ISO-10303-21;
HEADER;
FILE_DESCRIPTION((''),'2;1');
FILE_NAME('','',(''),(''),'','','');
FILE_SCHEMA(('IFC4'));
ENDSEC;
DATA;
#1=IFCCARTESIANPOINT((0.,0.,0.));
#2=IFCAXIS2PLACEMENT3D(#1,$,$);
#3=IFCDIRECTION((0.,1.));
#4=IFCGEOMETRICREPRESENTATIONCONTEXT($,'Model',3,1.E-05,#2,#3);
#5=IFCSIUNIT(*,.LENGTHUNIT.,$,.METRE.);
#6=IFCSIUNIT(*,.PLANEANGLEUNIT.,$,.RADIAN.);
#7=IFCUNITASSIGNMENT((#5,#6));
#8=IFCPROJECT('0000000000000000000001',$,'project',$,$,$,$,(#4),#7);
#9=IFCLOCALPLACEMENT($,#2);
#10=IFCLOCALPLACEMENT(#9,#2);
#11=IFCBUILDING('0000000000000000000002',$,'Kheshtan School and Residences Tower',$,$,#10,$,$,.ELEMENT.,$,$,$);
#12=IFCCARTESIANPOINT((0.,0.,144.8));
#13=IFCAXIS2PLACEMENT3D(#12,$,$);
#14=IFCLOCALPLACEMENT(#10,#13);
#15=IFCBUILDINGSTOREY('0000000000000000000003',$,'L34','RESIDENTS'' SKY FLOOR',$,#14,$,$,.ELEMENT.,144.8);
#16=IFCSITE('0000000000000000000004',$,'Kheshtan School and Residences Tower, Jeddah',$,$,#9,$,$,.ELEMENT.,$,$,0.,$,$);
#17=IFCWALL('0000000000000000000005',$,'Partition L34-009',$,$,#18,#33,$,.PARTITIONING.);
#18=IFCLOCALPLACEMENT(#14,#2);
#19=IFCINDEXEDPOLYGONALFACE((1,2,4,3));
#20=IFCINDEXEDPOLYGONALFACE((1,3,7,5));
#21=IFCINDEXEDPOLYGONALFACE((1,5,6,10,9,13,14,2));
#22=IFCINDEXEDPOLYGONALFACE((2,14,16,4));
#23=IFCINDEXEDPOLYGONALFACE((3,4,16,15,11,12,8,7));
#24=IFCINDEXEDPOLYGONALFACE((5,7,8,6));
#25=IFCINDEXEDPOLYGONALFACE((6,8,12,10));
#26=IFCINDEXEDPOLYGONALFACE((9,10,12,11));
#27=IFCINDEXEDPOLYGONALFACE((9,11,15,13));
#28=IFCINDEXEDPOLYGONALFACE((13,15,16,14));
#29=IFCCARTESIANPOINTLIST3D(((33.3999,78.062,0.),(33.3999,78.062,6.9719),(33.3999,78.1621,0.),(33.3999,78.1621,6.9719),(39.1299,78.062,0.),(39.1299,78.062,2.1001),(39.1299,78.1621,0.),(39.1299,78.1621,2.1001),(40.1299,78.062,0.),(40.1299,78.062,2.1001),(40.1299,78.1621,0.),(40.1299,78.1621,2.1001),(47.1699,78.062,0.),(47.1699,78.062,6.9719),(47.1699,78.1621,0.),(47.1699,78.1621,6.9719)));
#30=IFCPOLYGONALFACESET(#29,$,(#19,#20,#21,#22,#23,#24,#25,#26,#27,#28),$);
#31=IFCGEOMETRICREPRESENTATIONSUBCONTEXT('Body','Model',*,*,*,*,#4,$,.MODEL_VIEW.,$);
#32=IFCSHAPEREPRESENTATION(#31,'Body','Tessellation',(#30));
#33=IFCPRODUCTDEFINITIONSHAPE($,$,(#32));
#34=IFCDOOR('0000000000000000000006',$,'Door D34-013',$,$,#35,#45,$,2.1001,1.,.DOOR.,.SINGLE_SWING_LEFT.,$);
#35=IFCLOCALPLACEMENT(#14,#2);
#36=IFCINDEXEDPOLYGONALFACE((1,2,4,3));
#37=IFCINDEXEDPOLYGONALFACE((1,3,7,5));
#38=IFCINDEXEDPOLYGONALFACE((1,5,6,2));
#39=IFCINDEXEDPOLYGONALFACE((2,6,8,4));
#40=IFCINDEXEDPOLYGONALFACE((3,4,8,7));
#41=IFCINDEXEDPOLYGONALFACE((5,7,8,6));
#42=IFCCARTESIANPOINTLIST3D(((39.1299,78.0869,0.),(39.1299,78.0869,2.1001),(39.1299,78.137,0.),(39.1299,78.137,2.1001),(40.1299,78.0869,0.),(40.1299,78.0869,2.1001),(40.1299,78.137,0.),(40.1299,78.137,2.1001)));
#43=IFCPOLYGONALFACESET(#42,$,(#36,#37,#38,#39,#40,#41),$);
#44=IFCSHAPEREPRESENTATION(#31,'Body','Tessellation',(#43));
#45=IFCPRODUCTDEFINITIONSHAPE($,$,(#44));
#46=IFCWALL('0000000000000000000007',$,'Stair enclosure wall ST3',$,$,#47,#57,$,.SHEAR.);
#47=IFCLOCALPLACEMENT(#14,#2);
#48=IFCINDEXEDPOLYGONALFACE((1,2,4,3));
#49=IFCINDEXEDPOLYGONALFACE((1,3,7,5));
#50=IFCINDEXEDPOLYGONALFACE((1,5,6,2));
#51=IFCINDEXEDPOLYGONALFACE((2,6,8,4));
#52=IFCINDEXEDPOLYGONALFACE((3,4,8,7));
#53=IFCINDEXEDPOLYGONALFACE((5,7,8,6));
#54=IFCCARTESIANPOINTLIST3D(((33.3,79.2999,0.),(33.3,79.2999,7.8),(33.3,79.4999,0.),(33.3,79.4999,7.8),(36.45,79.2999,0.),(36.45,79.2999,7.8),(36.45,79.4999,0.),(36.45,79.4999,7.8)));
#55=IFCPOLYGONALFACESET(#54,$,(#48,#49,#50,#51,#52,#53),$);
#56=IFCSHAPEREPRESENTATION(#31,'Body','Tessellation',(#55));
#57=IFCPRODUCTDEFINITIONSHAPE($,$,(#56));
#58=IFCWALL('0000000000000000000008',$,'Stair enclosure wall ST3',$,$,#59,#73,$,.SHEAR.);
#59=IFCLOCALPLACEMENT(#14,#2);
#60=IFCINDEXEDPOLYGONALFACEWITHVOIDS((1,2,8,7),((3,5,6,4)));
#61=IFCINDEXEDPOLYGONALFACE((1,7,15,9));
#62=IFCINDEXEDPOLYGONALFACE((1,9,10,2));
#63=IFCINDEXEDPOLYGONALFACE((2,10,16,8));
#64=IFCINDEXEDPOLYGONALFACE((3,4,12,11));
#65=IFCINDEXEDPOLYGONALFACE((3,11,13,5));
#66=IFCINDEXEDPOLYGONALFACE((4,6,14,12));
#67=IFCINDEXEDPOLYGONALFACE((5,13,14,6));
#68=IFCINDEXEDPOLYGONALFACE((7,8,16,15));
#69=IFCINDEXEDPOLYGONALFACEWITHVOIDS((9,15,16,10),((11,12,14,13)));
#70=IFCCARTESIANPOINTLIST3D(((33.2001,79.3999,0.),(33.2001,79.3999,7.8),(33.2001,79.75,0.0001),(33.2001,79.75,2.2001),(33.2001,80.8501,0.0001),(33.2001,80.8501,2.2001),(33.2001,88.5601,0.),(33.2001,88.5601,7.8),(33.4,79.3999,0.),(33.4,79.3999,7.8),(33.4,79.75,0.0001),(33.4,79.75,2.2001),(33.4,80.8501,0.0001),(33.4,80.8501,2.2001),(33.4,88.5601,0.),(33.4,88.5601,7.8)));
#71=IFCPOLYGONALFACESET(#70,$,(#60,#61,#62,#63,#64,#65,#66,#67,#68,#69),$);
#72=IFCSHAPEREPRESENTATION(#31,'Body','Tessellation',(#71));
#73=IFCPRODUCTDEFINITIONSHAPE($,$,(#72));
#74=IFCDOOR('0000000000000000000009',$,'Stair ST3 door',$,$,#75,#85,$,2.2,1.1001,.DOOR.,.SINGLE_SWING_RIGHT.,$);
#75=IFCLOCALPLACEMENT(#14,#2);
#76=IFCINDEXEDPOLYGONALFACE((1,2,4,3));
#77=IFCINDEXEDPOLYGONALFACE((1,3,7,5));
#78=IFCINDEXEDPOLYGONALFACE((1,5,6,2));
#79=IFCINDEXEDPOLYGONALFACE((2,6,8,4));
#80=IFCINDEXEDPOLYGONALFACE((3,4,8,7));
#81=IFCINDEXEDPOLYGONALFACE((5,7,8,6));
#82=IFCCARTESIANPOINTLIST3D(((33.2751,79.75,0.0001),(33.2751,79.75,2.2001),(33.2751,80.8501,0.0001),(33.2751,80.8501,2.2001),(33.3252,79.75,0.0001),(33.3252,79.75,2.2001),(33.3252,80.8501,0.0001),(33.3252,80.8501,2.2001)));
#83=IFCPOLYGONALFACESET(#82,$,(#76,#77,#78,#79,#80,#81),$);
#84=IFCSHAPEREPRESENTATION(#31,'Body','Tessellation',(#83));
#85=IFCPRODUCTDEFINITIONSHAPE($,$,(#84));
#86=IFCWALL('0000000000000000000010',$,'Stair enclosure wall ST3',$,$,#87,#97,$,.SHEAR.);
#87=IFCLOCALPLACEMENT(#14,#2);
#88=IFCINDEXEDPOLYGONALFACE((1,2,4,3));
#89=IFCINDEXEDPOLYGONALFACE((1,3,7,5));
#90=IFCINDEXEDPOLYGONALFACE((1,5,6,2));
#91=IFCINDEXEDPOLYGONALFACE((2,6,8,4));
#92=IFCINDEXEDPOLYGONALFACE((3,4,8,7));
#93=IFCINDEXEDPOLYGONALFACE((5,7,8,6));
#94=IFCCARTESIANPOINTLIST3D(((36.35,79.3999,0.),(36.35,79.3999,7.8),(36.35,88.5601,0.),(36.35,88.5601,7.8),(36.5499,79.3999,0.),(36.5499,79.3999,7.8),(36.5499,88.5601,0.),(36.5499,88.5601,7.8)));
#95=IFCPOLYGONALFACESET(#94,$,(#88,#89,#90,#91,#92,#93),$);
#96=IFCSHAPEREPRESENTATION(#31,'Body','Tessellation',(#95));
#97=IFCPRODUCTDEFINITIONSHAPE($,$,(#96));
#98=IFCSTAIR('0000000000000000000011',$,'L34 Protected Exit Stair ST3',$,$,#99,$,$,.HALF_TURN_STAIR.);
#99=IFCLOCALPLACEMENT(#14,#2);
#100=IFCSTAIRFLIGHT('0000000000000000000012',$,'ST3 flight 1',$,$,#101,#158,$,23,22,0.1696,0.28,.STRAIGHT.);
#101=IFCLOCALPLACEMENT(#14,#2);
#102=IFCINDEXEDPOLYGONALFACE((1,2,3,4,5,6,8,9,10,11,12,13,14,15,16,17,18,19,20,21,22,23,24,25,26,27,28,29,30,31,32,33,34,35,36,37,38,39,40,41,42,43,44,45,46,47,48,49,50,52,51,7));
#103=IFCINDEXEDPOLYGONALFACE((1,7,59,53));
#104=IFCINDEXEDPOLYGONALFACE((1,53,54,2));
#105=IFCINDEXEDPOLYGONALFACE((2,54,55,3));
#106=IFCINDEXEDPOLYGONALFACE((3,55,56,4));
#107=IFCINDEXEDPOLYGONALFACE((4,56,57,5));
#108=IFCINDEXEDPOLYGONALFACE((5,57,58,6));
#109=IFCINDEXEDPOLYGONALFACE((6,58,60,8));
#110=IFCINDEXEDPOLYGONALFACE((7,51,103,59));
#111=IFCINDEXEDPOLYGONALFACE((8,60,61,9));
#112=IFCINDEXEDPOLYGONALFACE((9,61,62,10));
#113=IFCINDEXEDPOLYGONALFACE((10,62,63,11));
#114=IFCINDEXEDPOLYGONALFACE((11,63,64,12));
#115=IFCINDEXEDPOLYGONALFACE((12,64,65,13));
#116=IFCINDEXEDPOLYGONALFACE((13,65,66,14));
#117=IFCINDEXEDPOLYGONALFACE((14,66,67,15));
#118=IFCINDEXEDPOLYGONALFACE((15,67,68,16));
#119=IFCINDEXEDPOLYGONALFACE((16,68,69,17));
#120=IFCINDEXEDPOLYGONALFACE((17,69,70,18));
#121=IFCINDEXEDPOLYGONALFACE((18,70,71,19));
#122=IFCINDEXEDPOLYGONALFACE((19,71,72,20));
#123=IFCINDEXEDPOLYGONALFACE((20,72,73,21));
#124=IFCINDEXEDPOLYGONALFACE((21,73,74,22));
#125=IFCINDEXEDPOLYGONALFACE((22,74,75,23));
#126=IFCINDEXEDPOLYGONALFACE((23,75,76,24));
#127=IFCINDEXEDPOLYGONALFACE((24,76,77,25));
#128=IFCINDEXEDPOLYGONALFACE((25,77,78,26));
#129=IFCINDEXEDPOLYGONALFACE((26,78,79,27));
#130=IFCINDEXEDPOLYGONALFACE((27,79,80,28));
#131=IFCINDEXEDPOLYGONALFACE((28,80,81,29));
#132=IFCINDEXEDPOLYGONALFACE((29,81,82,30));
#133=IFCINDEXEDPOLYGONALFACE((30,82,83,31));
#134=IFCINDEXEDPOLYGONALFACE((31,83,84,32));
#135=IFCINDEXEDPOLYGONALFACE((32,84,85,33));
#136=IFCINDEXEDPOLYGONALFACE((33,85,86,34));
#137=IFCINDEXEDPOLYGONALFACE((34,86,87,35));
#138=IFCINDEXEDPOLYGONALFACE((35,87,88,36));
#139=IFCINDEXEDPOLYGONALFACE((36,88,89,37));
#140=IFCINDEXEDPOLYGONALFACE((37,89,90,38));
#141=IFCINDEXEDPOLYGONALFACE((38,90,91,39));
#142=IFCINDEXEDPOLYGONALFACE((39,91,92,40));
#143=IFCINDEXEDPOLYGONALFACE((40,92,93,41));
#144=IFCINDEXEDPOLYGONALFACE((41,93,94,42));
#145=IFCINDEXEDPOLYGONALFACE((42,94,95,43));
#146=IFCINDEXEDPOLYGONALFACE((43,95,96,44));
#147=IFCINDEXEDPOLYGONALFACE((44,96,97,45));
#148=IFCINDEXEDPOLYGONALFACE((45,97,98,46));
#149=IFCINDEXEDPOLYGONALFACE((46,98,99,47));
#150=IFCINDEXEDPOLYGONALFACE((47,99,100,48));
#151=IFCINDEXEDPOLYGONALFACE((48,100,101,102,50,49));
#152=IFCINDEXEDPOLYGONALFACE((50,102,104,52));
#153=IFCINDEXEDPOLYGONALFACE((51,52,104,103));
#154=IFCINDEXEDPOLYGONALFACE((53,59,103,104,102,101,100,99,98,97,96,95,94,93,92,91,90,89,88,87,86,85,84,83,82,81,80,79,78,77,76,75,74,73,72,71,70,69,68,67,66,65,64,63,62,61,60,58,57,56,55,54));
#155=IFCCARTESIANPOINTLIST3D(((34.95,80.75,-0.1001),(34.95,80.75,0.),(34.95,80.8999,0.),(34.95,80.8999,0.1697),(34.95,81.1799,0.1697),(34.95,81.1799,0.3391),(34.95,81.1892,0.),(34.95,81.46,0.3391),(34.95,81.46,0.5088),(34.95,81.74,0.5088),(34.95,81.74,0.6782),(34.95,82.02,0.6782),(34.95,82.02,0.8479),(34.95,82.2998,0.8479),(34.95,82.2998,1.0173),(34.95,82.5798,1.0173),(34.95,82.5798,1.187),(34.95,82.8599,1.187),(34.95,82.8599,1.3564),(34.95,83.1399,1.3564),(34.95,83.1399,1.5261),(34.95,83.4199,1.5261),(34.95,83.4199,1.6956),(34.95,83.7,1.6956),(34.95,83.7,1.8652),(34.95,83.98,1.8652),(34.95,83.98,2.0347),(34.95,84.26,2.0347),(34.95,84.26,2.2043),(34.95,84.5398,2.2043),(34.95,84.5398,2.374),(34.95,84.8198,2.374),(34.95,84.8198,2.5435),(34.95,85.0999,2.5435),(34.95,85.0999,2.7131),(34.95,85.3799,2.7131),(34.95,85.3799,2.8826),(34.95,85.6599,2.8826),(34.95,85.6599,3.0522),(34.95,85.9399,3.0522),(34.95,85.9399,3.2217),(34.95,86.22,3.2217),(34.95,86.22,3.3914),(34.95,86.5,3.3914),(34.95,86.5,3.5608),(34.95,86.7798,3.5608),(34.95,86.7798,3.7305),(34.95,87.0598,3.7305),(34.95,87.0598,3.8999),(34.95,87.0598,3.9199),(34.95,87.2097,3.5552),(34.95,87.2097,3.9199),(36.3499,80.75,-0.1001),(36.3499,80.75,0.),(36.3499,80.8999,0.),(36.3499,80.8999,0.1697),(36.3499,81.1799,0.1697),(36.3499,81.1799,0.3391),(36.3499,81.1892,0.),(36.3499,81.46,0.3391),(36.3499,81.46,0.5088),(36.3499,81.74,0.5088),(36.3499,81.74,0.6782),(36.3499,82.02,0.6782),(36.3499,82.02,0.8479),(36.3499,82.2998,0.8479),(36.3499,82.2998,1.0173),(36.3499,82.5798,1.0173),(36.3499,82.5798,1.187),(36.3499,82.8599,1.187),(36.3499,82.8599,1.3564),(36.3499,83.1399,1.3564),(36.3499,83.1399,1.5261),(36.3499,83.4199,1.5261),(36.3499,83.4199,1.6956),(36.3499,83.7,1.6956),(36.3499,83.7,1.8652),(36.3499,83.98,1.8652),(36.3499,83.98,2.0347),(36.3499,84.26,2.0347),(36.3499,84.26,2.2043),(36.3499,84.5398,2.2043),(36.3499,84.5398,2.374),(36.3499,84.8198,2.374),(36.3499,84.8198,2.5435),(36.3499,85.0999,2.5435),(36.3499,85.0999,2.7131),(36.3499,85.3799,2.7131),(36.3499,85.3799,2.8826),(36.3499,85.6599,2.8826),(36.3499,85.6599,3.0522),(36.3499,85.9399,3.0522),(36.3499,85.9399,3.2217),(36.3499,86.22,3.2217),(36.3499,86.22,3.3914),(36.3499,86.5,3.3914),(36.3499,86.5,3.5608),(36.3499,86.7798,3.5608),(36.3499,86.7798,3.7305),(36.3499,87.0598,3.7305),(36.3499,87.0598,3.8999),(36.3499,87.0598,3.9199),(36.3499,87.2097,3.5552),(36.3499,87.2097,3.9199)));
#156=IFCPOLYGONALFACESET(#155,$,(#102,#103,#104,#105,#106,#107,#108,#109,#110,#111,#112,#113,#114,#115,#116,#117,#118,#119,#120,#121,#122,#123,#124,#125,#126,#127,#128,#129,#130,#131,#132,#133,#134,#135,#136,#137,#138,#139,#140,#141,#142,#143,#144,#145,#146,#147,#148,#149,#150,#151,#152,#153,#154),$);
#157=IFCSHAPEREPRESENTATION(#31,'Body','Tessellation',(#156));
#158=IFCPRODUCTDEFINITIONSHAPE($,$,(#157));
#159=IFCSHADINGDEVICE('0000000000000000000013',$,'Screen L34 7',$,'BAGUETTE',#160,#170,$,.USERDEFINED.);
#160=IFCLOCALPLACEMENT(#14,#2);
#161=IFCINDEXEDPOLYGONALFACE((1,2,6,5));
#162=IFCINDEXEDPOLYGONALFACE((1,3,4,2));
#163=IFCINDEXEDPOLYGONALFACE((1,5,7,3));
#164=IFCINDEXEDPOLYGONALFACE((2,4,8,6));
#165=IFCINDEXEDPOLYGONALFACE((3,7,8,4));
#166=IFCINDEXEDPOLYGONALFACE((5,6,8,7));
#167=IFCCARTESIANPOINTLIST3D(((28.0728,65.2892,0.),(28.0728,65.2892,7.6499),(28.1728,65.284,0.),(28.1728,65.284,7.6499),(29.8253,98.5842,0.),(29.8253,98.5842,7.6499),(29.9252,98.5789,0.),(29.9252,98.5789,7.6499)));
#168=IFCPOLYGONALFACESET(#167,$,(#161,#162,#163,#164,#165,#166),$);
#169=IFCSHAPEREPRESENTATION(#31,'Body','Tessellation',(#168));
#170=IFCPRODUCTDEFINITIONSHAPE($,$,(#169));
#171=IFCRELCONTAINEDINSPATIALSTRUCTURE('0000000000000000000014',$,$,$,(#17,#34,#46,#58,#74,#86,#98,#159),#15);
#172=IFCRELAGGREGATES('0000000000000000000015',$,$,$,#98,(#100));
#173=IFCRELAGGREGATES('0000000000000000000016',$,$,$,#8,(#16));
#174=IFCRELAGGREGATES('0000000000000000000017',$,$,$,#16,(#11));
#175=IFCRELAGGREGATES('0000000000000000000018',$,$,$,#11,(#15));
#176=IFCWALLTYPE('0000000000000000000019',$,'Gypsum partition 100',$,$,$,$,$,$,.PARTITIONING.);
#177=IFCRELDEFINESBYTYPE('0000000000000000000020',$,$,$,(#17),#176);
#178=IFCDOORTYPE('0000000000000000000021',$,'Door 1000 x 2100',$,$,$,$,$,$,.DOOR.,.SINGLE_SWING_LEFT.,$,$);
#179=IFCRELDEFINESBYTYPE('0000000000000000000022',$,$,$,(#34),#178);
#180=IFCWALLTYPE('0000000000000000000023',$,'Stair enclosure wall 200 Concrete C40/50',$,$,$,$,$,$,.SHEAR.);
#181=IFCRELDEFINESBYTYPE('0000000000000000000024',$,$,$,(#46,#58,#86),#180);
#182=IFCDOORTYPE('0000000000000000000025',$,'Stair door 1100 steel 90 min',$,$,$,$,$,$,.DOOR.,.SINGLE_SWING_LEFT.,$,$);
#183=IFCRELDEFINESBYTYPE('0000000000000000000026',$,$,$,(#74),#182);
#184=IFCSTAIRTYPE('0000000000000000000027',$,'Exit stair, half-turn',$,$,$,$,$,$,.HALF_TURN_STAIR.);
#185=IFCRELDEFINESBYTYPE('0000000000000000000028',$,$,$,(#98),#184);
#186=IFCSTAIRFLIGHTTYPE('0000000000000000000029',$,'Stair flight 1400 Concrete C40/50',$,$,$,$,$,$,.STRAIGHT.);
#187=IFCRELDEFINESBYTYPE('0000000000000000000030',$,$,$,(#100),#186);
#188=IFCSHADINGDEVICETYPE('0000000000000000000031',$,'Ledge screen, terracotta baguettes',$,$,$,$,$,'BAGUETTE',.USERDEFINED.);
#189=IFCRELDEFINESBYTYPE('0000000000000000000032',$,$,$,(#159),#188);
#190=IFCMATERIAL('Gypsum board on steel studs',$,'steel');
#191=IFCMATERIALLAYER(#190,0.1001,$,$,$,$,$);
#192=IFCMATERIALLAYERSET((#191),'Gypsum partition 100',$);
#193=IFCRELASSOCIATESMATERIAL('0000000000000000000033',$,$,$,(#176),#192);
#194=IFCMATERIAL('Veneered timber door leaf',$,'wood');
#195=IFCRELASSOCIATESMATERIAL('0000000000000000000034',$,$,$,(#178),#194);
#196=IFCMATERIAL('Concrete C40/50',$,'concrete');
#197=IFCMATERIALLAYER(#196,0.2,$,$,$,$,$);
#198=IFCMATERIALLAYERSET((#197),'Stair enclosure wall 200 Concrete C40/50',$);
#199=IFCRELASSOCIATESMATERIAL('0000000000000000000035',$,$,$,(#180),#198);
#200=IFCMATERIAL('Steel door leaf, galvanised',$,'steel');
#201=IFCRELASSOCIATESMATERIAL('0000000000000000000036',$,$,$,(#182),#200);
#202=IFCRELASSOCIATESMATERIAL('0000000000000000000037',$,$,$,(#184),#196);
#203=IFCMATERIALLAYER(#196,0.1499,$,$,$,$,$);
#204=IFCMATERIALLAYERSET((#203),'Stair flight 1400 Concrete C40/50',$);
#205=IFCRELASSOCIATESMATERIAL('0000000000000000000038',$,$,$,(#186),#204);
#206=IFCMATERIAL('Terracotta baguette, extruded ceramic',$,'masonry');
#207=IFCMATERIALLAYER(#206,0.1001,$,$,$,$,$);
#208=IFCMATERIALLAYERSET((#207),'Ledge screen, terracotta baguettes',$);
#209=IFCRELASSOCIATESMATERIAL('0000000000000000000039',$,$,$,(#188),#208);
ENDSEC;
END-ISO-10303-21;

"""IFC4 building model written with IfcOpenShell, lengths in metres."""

from ifc_helpers import new_model, si_unit, direction, frame, frame_2d, origin, origin_2d, place, context, subcontext, project, spatial, polyline, rectangle, outline, extrude, source, transform, mapped, material, layer, layer_set, type_object, element, fill, aggregate, save


model = new_model("IFC4")

# Units and contexts
model_context = context("Model", 3, precision=1e-05, world=origin(), true_north=direction((0.0, 1.0)))
body_context = subcontext(model_context, "Body", "Model", "MODEL_VIEW")
ifc_project = project(units=[si_unit("LENGTHUNIT", "METRE"), si_unit("PLANEANGLEUNIT", "RADIAN")], contexts=[model_context])

# Site, building, storey
site_placement = place(None, origin())
site = spatial("IfcSite", under=ifc_project, at=site_placement, Name="Kheshtan School and Residences Tower, Jeddah", CompositionType="ELEMENT", RefElevation=0.0)
building_placement = place(site_placement, origin())
building = spatial("IfcBuilding", under=site, at=building_placement, Name="Kheshtan School and Residences Tower", CompositionType="ELEMENT")
storey_placement = place(building_placement, frame((0.0, 0.0, 144.8)))
storey = spatial("IfcBuildingStorey", under=building, at=storey_placement, Name="L34", Description="RESIDENTS' SKY FLOOR", CompositionType="ELEMENT", Elevation=144.8)

# Wall, opening, door
ifc_material_1 = material(Name="Gypsum board on steel studs", Category="steel")
ifc_layer_1 = layer(ifc_material_1, 0.1001)
ifc_layer_set_1 = layer_set([ifc_layer_1], Name="Gypsum partition 100")
wall_type_1 = type_object("IfcWallType", Name="Gypsum partition 100", PredefinedType="PARTITIONING", material=ifc_layer_set_1)
wall_1_placement = place(storey_placement, frame((33.3999, 78.1121, 0.0), z_axis=(0.0, 0.0, 1.0), x_axis=(1.0, 0.0, 0.0)))
wall_1 = element("IfcWall", 1, at=wall_1_placement, inside=storey, type_object=wall_type_1, Name="Partition L34-009", PredefinedType="PARTITIONING", context=body_context, shape_type="SweptSolid", body=[
    extrude(rectangle(XDim=13.77, YDim=0.1001, at=frame_2d((6.885, 0.0))), origin(), (0.0, 0.0, 1.0), 6.9719),
])
opening_1_placement = place(wall_1_placement, frame((5.73, 0.0, 0.0)))
opening_1 = element("IfcOpeningElement", 2, at=opening_1_placement, cuts=wall_1, PredefinedType="OPENING", context=body_context, shape_type="SweptSolid", body=[
    extrude(rectangle(XDim=1.0, YDim=2.1001, at=frame_2d((0.5, 1.05))), frame((0.0, 0.0601, 0.0), z_axis=(0.0, -1.0, 0.0), x_axis=(1.0, 0.0, 0.0)), (0.0, 0.0, 1.0), 0.1201),
])
ifc_material_2 = material(Name="Veneered timber door leaf", Category="wood")
door_type_1 = type_object("IfcDoorType", Name="Door 1000 x 2100", OperationType="SINGLE_SWING_LEFT", PredefinedType="DOOR", material=ifc_material_2)
shared_shape_1 = source(origin(), body_context, "Body", "SweptSolid", [
    extrude(rectangle(XDim=1.0, YDim=2.1001, at=frame_2d((0.5, 1.05))), frame((0.0, 0.0249, 0.0), z_axis=(0.0, -1.0, 0.0), x_axis=(1.0, 0.0, 0.0)), (0.0, 0.0, 1.0), 0.05),
])
door_1_placement = place(opening_1_placement, origin())
door_1 = element("IfcDoor", 3, at=door_1_placement, inside=storey, type_object=door_type_1, Name="Door D34-013", OperationType="SINGLE_SWING_LEFT", OverallHeight=2.1001, OverallWidth=1.0, PredefinedType="DOOR", context=body_context, shape_type="MappedRepresentation", body=[
    mapped(shared_shape_1, transform((0.0, 0.0, 0.0), x_axis=(1.0, 0.0, 0.0), y_axis=(0.0, 1.0, 0.0), z_axis=(0.0, 0.0, 1.0), scale=1.0)),
])
fill(opening_1, door_1)

# Wall
ifc_material_3 = material(Name="Concrete C40/50", Category="concrete")
ifc_layer_2 = layer(ifc_material_3, 0.2)
ifc_layer_set_2 = layer_set([ifc_layer_2], Name="Stair enclosure wall 200 Concrete C40/50")
wall_type_2 = type_object("IfcWallType", Name="Stair enclosure wall 200 Concrete C40/50", PredefinedType="SHEAR", material=ifc_layer_set_2)
wall_2_placement = place(storey_placement, frame((33.3, 79.3999, 0.0), z_axis=(0.0, 0.0, 1.0), x_axis=(1.0, 0.0, 0.0)))
element("IfcWall", 4, at=wall_2_placement, inside=storey, type_object=wall_type_2, Name="Stair enclosure wall ST3", PredefinedType="SHEAR", context=body_context, shape_type="SweptSolid", body=[
    extrude(rectangle(XDim=3.1499, YDim=0.2, at=frame_2d((1.575, 0.0))), origin(), (0.0, 0.0, 1.0), 7.8),
])

# Wall, opening, door
wall_3_placement = place(storey_placement, frame((33.3, 79.3999, 0.0), z_axis=(0.0, 0.0, 1.0), x_axis=(0.0, 1.0, 0.0)))
wall_3 = element("IfcWall", 5, at=wall_3_placement, inside=storey, type_object=wall_type_2, Name="Stair enclosure wall ST3", PredefinedType="SHEAR", context=body_context, shape_type="SweptSolid", body=[
    extrude(rectangle(XDim=9.1602, YDim=0.2, at=frame_2d((4.5801, 0.0))), origin(), (0.0, 0.0, 1.0), 7.8),
])
opening_2_placement = place(wall_3_placement, frame((0.3501, 0.0, 0.0)))
opening_2 = element("IfcOpeningElement", 6, at=opening_2_placement, cuts=wall_3, PredefinedType="OPENING", context=body_context, shape_type="SweptSolid", body=[
    extrude(rectangle(XDim=1.1001, YDim=2.2, at=frame_2d((0.55, 1.1001))), frame((0.0, 0.1099, 0.0), z_axis=(0.0, -1.0, 0.0), x_axis=(1.0, 0.0, 0.0)), (0.0, 0.0, 1.0), 0.22),
])
ifc_material_4 = material(Name="Steel door leaf, galvanised", Category="steel")
door_type_2 = type_object("IfcDoorType", Name="Stair door 1100 steel 90 min", OperationType="SINGLE_SWING_LEFT", PredefinedType="DOOR", material=ifc_material_4)
shared_shape_2 = source(origin(), body_context, "Body", "SweptSolid", [
    extrude(rectangle(XDim=1.1001, YDim=2.2, at=frame_2d((0.55, 1.1001))), frame((0.0, 0.0249, 0.0), z_axis=(0.0, -1.0, 0.0), x_axis=(1.0, 0.0, 0.0)), (0.0, 0.0, 1.0), 0.05),
])
door_2_placement = place(opening_2_placement, origin())
door_2 = element("IfcDoor", 7, at=door_2_placement, inside=storey, type_object=door_type_2, Name="Stair ST3 door", OperationType="SINGLE_SWING_RIGHT", OverallHeight=2.2, OverallWidth=1.1001, PredefinedType="DOOR", context=body_context, shape_type="MappedRepresentation", body=[
    mapped(shared_shape_2, transform((0.0, 0.0, 0.0), x_axis=(1.0, 0.0, 0.0), y_axis=(0.0, 1.0, 0.0), z_axis=(0.0, 0.0, 1.0), scale=1.0)),
])
fill(opening_2, door_2)

# Wall
wall_4_placement = place(storey_placement, frame((36.45, 79.3999, 0.0), z_axis=(0.0, 0.0, 1.0), x_axis=(0.0, 1.0, 0.0)))
element("IfcWall", 8, at=wall_4_placement, inside=storey, type_object=wall_type_2, Name="Stair enclosure wall ST3", PredefinedType="SHEAR", context=body_context, shape_type="SweptSolid", body=[
    extrude(rectangle(XDim=9.1602, YDim=0.2, at=frame_2d((4.5801, 0.0))), origin(), (0.0, 0.0, 1.0), 7.8),
])

# Stair, stair flight
stair_type = type_object("IfcStairType", Name="Exit stair, half-turn", PredefinedType="HALF_TURN_STAIR", material=ifc_material_3)
stair_placement = place(storey_placement, origin())
stair = element("IfcStair", 9, at=stair_placement, inside=storey, type_object=stair_type, Name="L34 Protected Exit Stair ST3", PredefinedType="HALF_TURN_STAIR")
ifc_layer_3 = layer(ifc_material_3, 0.1499)
ifc_layer_set_3 = layer_set([ifc_layer_3], Name="Stair flight 1400 Concrete C40/50")
stair_flight_type = type_object("IfcStairFlightType", Name="Stair flight 1400 Concrete C40/50", PredefinedType="STRAIGHT", material=ifc_layer_set_3)
stair_flight_placement = place(storey_placement, frame((35.6499, 80.8999, 0.0), z_axis=(0.0, 0.0, 1.0), x_axis=(0.0, 1.0, 0.0)))
stair_flight = element("IfcStairFlight", 10, at=stair_flight_placement, type_object=stair_flight_type, Name="ST3 flight 1", NumberOfRisers=23, NumberOfTreads=22, PredefinedType="STRAIGHT", RiserHeight=0.1696, TreadLength=0.28, context=body_context, shape_type="SweptSolid", body=[
    extrude(outline(polyline([(-0.1499, -0.1001), (-0.1499, 0.0), (0.0, 0.0), (0.0, 0.1697), (0.28, 0.1697), (0.28, 0.3391), (0.5601, 0.3391), (0.5601, 0.5088), (0.8401, 0.5088), (0.8401, 0.6782), (1.1201, 0.6782), (1.1201, 0.8479), (1.3999, 0.8479), (1.3999, 1.0173), (1.6799, 1.0173), (1.6799, 1.187), (1.96, 1.187), (1.96, 1.3564), (2.24, 1.3564), (2.24, 1.5261), (2.52, 1.5261), (2.52, 1.6956), (2.8, 1.6956), (2.8, 1.8652), (3.0801, 1.8652), (3.0801, 2.0347), (3.3601, 2.0347), (3.3601, 2.2043), (3.6399, 2.2043), (3.6399, 2.374), (3.9199, 2.374), (3.9199, 2.5435), (4.2, 2.5435), (4.2, 2.7131), (4.48, 2.7131), (4.48, 2.8826), (4.76, 2.8826), (4.76, 3.0522), (5.04, 3.0522), (5.04, 3.2217), (5.3201, 3.2217), (5.3201, 3.3914), (5.6001, 3.3914), (5.6001, 3.5608), (5.8799, 3.5608), (5.8799, 3.7305), (6.1599, 3.7305), (6.1599, 3.8999), (6.1599, 3.9199), (6.3098, 3.9199), (6.3098, 3.5552), (0.2893, 0.0), (-0.1499, -0.1001)])), frame((0.0, 0.7, 0.0), z_axis=(0.0, -1.0, 0.0), x_axis=(1.0, 0.0, 0.0)), (0.0, 0.0, 1.0), 1.3999),
])
aggregate(stair, [stair_flight])

# Shading device
ifc_material_5 = material(Name="Terracotta baguette, extruded ceramic", Category="masonry")
ifc_layer_4 = layer(ifc_material_5, 0.1001)
ifc_layer_set_4 = layer_set([ifc_layer_4], Name="Ledge screen, terracotta baguettes")
shading_device_type = type_object("IfcShadingDeviceType", Name="Ledge screen, terracotta baguettes", ElementType="BAGUETTE", PredefinedType="USERDEFINED", material=ifc_layer_set_4)
shading_device_placement = place(storey_placement, frame((28.999, 81.9341, 0.0), z_axis=(0.0, 0.0, 1.0), x_axis=(0.052563, 0.998618, 0.0)))
element("IfcShadingDevice", 11, at=shading_device_placement, inside=storey, type_object=shading_device_type, Name="Screen L34 7", ObjectType="BAGUETTE", PredefinedType="USERDEFINED", context=body_context, shape_type="SweptSolid", body=[
    extrude(rectangle(XDim=33.3411, YDim=0.1001, at=origin_2d()), origin(), (0.0, 0.0, 1.0), 7.6499),
])

save(model, "model.ifc")
